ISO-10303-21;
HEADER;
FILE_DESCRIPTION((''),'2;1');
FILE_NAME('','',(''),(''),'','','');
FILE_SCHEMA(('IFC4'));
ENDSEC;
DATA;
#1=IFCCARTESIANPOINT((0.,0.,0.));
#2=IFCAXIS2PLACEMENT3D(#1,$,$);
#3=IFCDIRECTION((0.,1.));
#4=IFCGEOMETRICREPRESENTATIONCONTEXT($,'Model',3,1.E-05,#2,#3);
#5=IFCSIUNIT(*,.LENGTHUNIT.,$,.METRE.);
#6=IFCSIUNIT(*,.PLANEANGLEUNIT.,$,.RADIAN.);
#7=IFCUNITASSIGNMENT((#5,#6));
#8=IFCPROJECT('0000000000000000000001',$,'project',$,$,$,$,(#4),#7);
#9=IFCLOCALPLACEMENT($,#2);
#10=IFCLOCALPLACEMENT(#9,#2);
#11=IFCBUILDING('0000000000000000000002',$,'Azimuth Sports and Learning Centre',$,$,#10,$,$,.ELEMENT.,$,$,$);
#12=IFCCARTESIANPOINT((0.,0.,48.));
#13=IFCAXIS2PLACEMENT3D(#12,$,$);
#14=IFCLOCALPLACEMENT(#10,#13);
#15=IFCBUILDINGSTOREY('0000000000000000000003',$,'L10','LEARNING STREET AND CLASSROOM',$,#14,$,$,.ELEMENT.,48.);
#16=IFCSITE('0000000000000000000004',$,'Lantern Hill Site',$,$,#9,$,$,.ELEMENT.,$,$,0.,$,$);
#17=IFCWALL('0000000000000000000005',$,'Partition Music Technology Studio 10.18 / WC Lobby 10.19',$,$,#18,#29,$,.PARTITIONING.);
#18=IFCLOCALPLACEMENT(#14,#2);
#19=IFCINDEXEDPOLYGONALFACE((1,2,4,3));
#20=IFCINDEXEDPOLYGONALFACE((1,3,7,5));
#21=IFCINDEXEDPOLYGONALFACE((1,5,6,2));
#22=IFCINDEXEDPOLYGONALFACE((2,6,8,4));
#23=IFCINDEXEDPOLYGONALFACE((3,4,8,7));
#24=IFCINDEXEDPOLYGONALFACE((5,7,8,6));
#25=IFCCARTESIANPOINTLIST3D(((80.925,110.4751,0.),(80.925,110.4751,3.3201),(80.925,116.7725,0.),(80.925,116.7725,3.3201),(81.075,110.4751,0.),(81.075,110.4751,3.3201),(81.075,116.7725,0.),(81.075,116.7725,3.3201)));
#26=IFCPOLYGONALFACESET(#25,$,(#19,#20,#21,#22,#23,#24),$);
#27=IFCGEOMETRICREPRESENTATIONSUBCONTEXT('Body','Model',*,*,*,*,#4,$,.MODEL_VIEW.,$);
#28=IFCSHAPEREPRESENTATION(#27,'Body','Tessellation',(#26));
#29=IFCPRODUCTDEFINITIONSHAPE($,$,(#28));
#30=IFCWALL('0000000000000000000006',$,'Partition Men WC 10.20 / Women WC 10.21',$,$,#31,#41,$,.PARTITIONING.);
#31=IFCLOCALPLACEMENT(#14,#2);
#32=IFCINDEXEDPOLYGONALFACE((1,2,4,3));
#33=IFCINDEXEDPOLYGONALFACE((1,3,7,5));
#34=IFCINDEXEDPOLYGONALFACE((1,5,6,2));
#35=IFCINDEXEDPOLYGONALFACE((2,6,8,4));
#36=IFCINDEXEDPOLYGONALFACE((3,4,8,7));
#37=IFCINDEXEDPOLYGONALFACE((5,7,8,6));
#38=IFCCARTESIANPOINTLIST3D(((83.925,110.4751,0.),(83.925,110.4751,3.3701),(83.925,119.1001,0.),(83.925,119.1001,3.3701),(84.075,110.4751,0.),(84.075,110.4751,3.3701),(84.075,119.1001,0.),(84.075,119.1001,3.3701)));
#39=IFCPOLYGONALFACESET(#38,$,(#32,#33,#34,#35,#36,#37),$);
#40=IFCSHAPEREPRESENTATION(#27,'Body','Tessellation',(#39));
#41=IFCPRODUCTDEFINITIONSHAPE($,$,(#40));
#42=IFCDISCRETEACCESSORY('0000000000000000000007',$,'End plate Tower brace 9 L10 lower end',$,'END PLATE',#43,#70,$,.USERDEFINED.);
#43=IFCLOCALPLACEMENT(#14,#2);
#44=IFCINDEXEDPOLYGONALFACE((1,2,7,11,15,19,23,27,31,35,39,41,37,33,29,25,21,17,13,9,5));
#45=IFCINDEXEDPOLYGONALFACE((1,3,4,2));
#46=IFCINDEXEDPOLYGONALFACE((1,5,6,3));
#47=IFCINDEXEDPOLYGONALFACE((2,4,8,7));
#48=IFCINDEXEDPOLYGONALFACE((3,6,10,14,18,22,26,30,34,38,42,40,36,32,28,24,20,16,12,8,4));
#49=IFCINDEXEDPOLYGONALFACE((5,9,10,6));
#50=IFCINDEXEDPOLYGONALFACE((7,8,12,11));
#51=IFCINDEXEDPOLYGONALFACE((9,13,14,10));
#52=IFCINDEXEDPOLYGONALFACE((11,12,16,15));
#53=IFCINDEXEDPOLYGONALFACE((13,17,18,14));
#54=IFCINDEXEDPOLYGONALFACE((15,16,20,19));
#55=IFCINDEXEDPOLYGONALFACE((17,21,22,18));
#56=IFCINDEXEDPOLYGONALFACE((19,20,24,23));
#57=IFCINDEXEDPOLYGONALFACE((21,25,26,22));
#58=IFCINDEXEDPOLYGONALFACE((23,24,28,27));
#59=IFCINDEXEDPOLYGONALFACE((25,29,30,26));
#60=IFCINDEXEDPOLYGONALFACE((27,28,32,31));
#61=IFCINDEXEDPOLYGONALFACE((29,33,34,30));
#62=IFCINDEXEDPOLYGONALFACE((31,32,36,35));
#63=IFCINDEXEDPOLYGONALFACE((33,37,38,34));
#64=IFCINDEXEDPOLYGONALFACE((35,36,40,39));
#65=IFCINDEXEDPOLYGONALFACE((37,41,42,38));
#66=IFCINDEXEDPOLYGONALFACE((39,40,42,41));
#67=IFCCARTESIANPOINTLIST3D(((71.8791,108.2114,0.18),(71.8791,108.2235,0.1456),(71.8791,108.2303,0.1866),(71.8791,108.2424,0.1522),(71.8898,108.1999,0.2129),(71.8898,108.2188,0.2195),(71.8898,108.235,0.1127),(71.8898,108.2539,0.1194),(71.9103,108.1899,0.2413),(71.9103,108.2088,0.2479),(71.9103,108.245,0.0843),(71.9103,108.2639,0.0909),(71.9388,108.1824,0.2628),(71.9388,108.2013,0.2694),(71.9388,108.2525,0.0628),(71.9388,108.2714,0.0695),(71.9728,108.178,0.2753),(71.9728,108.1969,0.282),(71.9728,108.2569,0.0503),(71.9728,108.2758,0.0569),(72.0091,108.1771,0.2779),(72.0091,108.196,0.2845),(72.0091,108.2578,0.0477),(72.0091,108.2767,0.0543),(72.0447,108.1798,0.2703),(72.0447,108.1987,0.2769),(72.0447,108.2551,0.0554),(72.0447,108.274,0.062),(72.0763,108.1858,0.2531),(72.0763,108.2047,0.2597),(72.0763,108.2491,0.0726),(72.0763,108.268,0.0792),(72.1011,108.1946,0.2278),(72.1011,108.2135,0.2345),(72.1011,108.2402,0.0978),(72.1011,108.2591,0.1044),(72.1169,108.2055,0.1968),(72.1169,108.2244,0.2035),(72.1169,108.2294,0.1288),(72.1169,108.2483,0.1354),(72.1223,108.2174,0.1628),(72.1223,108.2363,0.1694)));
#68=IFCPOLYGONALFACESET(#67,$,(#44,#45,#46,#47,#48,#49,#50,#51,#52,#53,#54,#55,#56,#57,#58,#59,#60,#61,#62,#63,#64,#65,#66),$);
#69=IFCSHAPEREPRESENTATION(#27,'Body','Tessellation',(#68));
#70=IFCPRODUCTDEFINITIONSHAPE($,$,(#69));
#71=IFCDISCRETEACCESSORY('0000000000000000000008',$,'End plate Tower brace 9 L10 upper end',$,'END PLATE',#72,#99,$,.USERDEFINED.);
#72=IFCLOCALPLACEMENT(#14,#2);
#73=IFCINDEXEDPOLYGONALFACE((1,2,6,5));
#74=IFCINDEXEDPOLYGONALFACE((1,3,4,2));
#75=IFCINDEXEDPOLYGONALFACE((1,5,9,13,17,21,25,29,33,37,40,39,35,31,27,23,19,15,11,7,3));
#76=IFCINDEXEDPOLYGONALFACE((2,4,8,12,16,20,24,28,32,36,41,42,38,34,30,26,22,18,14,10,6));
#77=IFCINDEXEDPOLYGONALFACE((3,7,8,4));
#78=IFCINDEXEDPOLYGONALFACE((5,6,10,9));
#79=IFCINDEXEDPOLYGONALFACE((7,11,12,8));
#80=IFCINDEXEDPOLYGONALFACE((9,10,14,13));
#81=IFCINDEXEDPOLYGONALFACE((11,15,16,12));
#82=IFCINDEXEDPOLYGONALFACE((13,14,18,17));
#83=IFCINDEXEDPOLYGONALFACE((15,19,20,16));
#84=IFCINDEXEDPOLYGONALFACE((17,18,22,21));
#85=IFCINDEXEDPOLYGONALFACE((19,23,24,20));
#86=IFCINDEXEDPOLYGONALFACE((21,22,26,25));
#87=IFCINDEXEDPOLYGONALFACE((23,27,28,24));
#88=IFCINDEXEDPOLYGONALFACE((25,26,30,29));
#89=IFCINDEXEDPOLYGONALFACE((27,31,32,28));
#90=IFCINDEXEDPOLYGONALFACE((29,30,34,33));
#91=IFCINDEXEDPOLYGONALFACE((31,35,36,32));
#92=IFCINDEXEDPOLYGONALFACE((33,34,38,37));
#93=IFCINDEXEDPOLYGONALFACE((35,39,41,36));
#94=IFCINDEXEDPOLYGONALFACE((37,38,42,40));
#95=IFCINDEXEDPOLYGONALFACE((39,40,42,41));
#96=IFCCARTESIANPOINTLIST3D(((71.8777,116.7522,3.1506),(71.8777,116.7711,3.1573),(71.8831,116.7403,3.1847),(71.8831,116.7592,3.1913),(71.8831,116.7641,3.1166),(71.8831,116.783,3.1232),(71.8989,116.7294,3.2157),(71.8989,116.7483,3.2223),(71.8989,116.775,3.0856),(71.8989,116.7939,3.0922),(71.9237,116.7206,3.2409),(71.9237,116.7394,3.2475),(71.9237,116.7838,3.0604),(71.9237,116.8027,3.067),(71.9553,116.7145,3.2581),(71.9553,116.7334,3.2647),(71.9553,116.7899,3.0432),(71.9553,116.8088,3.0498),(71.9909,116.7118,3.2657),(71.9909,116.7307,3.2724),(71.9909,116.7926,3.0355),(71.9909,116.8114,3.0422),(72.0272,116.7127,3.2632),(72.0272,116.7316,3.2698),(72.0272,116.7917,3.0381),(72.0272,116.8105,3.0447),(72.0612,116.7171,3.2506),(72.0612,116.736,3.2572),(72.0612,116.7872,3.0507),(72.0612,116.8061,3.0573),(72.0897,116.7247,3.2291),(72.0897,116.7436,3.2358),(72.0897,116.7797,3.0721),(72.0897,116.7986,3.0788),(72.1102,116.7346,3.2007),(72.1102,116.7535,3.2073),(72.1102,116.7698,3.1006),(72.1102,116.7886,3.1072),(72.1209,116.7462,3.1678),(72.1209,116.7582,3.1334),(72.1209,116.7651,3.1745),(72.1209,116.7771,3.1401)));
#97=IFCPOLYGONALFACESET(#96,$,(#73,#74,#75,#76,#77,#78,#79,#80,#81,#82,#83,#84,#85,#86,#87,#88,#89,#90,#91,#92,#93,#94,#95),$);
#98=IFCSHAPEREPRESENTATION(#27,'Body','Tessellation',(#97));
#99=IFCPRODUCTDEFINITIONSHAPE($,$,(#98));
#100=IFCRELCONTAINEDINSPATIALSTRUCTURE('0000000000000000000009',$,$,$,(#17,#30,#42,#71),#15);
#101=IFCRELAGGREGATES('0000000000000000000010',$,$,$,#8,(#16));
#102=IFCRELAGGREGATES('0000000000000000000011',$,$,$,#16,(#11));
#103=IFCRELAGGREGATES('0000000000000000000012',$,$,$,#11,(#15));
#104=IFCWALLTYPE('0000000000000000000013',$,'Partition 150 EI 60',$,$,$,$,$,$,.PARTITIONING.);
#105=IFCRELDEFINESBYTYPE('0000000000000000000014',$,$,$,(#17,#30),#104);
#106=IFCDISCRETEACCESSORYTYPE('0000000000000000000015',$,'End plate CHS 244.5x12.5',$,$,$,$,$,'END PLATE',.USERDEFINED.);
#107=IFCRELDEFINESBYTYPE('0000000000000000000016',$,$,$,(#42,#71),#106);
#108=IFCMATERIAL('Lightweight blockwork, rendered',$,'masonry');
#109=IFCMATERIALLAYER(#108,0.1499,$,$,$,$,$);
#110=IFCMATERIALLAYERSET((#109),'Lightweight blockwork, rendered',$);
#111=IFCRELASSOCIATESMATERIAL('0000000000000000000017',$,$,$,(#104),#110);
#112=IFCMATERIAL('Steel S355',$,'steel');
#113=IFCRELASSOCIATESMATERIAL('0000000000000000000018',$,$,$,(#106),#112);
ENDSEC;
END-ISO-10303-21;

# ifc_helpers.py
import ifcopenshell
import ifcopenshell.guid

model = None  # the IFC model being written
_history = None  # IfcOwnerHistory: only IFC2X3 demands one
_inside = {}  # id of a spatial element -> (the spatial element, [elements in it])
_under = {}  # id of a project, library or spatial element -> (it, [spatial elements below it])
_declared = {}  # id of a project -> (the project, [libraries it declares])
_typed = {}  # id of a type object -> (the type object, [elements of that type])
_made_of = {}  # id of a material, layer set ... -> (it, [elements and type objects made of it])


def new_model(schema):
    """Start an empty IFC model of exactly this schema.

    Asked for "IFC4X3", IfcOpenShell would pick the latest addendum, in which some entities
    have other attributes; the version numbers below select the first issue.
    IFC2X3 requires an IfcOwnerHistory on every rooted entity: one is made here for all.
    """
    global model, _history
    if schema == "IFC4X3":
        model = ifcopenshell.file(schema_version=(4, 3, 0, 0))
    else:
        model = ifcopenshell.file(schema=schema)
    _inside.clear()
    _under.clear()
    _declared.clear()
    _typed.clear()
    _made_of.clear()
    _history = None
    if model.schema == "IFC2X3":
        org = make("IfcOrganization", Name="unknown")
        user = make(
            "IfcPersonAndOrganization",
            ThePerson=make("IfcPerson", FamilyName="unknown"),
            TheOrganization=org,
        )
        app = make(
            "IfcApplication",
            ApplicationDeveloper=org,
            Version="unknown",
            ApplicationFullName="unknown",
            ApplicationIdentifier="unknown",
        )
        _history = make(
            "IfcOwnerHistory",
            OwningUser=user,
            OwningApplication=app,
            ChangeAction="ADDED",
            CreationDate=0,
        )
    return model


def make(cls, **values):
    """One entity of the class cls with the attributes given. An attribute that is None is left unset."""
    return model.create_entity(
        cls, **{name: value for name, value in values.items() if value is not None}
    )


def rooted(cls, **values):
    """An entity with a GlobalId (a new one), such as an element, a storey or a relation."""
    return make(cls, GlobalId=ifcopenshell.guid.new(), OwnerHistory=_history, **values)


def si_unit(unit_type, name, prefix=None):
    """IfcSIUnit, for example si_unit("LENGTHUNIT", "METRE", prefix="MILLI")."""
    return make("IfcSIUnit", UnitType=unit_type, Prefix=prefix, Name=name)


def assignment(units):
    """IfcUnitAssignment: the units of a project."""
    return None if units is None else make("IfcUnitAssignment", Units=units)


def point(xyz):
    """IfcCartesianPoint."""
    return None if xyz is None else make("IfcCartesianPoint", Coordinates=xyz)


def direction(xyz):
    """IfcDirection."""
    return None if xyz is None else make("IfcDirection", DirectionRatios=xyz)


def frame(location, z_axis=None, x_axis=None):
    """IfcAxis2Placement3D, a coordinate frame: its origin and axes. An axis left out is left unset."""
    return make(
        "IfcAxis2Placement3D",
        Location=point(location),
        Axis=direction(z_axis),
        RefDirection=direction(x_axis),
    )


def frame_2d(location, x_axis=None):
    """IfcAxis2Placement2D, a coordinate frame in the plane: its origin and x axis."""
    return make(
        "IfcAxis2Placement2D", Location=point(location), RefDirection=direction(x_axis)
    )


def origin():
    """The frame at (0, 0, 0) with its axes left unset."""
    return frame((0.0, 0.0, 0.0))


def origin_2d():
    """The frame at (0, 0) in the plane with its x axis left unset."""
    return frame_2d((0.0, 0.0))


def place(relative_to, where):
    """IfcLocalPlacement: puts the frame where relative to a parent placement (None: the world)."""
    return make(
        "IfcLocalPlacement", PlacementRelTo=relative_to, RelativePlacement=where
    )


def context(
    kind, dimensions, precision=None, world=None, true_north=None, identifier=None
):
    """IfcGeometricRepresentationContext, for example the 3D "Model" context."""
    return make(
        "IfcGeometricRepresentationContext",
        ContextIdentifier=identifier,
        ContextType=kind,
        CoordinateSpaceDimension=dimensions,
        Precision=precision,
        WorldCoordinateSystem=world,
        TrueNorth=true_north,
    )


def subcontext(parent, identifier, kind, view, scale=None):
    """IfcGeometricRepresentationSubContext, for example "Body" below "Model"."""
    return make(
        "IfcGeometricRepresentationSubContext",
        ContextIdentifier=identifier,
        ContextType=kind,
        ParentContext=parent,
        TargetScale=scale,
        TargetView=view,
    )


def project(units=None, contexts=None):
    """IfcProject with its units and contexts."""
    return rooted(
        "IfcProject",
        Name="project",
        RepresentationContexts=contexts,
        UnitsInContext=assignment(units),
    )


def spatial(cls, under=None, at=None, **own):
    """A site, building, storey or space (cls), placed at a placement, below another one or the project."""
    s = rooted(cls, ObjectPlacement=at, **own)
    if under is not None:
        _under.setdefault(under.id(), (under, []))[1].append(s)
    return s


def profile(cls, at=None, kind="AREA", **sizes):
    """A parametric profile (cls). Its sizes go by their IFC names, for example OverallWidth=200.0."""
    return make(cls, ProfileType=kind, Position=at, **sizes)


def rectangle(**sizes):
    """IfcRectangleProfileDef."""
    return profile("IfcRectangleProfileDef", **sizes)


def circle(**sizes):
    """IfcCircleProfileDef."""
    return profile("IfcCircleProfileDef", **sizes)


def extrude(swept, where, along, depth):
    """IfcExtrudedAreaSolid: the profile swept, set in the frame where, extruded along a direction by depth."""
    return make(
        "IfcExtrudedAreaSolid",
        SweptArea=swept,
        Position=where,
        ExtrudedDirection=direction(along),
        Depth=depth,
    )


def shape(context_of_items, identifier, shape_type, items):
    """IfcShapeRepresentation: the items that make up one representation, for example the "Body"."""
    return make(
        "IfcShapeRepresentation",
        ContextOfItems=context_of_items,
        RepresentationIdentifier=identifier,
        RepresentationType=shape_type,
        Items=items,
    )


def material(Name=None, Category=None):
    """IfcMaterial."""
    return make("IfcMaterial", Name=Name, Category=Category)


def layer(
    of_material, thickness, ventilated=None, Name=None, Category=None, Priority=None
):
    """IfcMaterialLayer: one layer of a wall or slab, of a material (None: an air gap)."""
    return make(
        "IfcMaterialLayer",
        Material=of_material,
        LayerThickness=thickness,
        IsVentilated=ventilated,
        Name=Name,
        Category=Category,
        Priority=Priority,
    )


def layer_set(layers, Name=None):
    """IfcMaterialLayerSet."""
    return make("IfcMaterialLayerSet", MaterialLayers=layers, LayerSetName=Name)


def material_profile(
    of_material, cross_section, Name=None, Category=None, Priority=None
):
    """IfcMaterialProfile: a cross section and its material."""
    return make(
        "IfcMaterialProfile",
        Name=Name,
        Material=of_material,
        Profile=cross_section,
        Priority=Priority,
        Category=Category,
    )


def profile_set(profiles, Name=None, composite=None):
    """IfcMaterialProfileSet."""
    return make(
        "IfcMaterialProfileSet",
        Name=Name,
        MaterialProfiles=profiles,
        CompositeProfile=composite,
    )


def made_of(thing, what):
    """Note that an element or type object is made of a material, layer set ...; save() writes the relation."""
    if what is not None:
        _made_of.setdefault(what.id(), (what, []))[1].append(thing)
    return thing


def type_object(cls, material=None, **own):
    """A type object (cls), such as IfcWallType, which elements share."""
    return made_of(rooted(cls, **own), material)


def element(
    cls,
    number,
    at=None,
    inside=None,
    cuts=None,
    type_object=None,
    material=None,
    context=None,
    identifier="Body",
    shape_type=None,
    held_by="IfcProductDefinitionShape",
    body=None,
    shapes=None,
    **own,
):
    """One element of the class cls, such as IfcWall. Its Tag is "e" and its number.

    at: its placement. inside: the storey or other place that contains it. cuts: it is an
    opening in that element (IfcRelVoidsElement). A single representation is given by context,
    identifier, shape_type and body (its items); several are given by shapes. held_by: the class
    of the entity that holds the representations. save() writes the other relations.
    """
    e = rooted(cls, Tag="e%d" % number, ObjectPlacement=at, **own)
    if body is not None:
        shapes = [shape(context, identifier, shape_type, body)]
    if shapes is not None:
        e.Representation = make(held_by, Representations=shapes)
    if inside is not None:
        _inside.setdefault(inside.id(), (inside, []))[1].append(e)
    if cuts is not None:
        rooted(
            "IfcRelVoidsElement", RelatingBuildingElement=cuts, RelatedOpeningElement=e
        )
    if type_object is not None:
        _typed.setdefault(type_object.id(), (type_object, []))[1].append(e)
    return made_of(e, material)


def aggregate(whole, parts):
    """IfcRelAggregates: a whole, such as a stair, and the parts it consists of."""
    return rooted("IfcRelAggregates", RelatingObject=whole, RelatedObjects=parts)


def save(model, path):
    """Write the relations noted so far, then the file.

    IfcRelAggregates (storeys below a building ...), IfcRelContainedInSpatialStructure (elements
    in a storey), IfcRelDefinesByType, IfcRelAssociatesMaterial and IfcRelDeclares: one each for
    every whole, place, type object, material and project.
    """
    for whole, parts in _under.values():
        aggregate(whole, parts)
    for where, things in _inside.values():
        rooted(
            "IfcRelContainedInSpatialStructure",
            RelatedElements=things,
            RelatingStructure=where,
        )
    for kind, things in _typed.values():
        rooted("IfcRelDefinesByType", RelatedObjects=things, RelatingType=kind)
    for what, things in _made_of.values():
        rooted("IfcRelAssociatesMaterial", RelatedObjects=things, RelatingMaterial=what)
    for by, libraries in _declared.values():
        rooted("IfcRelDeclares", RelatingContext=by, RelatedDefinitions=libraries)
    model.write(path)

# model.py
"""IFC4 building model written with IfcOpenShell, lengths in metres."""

from ifc_helpers import new_model, si_unit, direction, frame, frame_2d, origin, origin_2d, place, context, subcontext, project, spatial, rectangle, circle, extrude, material, layer, layer_set, material_profile, profile_set, type_object, element, save


model = new_model("IFC4")

# Units and contexts
model_context = context("Model", 3, precision=1e-05, world=origin(), true_north=direction((0.0, 1.0)))
body_context = subcontext(model_context, "Body", "Model", "MODEL_VIEW")
ifc_project = project(units=[si_unit("LENGTHUNIT", "METRE"), si_unit("PLANEANGLEUNIT", "RADIAN")], contexts=[model_context])

# Site, building, storey
site_placement = place(None, origin())
site = spatial("IfcSite", under=ifc_project, at=site_placement, Name="Lantern Hill Site", CompositionType="ELEMENT", RefElevation=0.0)
building_placement = place(site_placement, origin())
building = spatial("IfcBuilding", under=site, at=building_placement, Name="Azimuth Sports and Learning Centre", CompositionType="ELEMENT")
storey_placement = place(building_placement, frame((0.0, 0.0, 48.0)))
storey = spatial("IfcBuildingStorey", under=building, at=storey_placement, Name="L10", Description="LEARNING STREET AND CLASSROOM", CompositionType="ELEMENT", Elevation=48.0)

# Shared definitions
ifc_material_1 = material(Name="Lightweight blockwork, rendered", Category="masonry")
ifc_layer_1 = layer(ifc_material_1, 0.1499)
ifc_layer_set_1 = layer_set([ifc_layer_1], Name="Lightweight blockwork, rendered")
wall_type_1 = type_object("IfcWallType", Name="Partition 150 EI 60", PredefinedType="PARTITIONING", material=ifc_layer_set_1)

# Walls
wall_1_placement = place(storey_placement, frame((81.0, 110.4751, 0.0), z_axis=(0.0, 0.0, 1.0), x_axis=(0.0, 1.0, 0.0)))
element("IfcWall", 1, at=wall_1_placement, inside=storey, type_object=wall_type_1, Name="Partition Music Technology Studio 10.18 / WC Lobby 10.19", PredefinedType="PARTITIONING", context=body_context, shape_type="SweptSolid", body=[
    extrude(rectangle(XDim=6.2974, YDim=0.1499, at=frame_2d((3.1487, 0.0))), origin(), (0.0, 0.0, 1.0), 3.3201),
])
wall_2_placement = place(storey_placement, frame((84.0, 110.4751, 0.0), z_axis=(0.0, 0.0, 1.0), x_axis=(0.0, 1.0, 0.0)))
element("IfcWall", 2, at=wall_2_placement, inside=storey, type_object=wall_type_1, Name="Partition Men WC 10.20 / Women WC 10.21", PredefinedType="PARTITIONING", context=body_context, shape_type="SweptSolid", body=[
    extrude(rectangle(XDim=8.625, YDim=0.1499, at=frame_2d((4.3125, 0.0))), origin(), (0.0, 0.0, 1.0), 3.3701),
])

# Discrete accessories
ifc_material_2 = material(Name="Steel S355", Category="steel")
ifc_material_profile_1 = material_profile(ifc_material_2, circle(Radius=0.1223, at=origin_2d()), Name="PL 244 DISC")
ifc_profile_set_1 = profile_set([ifc_material_profile_1], Name="Steel S355")
discrete_accessory_type = type_object("IfcDiscreteAccessoryType", Name="End plate CHS 244.5x12.5", ElementType="END PLATE", PredefinedType="USERDEFINED", material=ifc_profile_set_1)
for number, where, z_axis, x_axis, name in (
    (3, (72.0, 108.2363, 0.1694), (0.0, -0.943667, -0.330896), (1.0, 0.0, 0.0), "End plate Tower brace 9 L10 lower end"),
    (4, (72.0, 116.7522, 3.1506), (0.0, 0.943667, 0.330896), (-1.0, 0.0, 0.0), "End plate Tower brace 9 L10 upper end"),
):
    element("IfcDiscreteAccessory", number, at=place(storey_placement, frame(where, z_axis=z_axis, x_axis=x_axis)), inside=storey, type_object=discrete_accessory_type, Name=name, ObjectType="END PLATE", PredefinedType="USERDEFINED", context=body_context, shape_type="SweptSolid", body=[
        extrude(circle(Radius=0.1223, at=origin_2d()), origin(), (0.0, 0.0, 1.0), 0.02),
    ])

save(model, "model.ifc")
